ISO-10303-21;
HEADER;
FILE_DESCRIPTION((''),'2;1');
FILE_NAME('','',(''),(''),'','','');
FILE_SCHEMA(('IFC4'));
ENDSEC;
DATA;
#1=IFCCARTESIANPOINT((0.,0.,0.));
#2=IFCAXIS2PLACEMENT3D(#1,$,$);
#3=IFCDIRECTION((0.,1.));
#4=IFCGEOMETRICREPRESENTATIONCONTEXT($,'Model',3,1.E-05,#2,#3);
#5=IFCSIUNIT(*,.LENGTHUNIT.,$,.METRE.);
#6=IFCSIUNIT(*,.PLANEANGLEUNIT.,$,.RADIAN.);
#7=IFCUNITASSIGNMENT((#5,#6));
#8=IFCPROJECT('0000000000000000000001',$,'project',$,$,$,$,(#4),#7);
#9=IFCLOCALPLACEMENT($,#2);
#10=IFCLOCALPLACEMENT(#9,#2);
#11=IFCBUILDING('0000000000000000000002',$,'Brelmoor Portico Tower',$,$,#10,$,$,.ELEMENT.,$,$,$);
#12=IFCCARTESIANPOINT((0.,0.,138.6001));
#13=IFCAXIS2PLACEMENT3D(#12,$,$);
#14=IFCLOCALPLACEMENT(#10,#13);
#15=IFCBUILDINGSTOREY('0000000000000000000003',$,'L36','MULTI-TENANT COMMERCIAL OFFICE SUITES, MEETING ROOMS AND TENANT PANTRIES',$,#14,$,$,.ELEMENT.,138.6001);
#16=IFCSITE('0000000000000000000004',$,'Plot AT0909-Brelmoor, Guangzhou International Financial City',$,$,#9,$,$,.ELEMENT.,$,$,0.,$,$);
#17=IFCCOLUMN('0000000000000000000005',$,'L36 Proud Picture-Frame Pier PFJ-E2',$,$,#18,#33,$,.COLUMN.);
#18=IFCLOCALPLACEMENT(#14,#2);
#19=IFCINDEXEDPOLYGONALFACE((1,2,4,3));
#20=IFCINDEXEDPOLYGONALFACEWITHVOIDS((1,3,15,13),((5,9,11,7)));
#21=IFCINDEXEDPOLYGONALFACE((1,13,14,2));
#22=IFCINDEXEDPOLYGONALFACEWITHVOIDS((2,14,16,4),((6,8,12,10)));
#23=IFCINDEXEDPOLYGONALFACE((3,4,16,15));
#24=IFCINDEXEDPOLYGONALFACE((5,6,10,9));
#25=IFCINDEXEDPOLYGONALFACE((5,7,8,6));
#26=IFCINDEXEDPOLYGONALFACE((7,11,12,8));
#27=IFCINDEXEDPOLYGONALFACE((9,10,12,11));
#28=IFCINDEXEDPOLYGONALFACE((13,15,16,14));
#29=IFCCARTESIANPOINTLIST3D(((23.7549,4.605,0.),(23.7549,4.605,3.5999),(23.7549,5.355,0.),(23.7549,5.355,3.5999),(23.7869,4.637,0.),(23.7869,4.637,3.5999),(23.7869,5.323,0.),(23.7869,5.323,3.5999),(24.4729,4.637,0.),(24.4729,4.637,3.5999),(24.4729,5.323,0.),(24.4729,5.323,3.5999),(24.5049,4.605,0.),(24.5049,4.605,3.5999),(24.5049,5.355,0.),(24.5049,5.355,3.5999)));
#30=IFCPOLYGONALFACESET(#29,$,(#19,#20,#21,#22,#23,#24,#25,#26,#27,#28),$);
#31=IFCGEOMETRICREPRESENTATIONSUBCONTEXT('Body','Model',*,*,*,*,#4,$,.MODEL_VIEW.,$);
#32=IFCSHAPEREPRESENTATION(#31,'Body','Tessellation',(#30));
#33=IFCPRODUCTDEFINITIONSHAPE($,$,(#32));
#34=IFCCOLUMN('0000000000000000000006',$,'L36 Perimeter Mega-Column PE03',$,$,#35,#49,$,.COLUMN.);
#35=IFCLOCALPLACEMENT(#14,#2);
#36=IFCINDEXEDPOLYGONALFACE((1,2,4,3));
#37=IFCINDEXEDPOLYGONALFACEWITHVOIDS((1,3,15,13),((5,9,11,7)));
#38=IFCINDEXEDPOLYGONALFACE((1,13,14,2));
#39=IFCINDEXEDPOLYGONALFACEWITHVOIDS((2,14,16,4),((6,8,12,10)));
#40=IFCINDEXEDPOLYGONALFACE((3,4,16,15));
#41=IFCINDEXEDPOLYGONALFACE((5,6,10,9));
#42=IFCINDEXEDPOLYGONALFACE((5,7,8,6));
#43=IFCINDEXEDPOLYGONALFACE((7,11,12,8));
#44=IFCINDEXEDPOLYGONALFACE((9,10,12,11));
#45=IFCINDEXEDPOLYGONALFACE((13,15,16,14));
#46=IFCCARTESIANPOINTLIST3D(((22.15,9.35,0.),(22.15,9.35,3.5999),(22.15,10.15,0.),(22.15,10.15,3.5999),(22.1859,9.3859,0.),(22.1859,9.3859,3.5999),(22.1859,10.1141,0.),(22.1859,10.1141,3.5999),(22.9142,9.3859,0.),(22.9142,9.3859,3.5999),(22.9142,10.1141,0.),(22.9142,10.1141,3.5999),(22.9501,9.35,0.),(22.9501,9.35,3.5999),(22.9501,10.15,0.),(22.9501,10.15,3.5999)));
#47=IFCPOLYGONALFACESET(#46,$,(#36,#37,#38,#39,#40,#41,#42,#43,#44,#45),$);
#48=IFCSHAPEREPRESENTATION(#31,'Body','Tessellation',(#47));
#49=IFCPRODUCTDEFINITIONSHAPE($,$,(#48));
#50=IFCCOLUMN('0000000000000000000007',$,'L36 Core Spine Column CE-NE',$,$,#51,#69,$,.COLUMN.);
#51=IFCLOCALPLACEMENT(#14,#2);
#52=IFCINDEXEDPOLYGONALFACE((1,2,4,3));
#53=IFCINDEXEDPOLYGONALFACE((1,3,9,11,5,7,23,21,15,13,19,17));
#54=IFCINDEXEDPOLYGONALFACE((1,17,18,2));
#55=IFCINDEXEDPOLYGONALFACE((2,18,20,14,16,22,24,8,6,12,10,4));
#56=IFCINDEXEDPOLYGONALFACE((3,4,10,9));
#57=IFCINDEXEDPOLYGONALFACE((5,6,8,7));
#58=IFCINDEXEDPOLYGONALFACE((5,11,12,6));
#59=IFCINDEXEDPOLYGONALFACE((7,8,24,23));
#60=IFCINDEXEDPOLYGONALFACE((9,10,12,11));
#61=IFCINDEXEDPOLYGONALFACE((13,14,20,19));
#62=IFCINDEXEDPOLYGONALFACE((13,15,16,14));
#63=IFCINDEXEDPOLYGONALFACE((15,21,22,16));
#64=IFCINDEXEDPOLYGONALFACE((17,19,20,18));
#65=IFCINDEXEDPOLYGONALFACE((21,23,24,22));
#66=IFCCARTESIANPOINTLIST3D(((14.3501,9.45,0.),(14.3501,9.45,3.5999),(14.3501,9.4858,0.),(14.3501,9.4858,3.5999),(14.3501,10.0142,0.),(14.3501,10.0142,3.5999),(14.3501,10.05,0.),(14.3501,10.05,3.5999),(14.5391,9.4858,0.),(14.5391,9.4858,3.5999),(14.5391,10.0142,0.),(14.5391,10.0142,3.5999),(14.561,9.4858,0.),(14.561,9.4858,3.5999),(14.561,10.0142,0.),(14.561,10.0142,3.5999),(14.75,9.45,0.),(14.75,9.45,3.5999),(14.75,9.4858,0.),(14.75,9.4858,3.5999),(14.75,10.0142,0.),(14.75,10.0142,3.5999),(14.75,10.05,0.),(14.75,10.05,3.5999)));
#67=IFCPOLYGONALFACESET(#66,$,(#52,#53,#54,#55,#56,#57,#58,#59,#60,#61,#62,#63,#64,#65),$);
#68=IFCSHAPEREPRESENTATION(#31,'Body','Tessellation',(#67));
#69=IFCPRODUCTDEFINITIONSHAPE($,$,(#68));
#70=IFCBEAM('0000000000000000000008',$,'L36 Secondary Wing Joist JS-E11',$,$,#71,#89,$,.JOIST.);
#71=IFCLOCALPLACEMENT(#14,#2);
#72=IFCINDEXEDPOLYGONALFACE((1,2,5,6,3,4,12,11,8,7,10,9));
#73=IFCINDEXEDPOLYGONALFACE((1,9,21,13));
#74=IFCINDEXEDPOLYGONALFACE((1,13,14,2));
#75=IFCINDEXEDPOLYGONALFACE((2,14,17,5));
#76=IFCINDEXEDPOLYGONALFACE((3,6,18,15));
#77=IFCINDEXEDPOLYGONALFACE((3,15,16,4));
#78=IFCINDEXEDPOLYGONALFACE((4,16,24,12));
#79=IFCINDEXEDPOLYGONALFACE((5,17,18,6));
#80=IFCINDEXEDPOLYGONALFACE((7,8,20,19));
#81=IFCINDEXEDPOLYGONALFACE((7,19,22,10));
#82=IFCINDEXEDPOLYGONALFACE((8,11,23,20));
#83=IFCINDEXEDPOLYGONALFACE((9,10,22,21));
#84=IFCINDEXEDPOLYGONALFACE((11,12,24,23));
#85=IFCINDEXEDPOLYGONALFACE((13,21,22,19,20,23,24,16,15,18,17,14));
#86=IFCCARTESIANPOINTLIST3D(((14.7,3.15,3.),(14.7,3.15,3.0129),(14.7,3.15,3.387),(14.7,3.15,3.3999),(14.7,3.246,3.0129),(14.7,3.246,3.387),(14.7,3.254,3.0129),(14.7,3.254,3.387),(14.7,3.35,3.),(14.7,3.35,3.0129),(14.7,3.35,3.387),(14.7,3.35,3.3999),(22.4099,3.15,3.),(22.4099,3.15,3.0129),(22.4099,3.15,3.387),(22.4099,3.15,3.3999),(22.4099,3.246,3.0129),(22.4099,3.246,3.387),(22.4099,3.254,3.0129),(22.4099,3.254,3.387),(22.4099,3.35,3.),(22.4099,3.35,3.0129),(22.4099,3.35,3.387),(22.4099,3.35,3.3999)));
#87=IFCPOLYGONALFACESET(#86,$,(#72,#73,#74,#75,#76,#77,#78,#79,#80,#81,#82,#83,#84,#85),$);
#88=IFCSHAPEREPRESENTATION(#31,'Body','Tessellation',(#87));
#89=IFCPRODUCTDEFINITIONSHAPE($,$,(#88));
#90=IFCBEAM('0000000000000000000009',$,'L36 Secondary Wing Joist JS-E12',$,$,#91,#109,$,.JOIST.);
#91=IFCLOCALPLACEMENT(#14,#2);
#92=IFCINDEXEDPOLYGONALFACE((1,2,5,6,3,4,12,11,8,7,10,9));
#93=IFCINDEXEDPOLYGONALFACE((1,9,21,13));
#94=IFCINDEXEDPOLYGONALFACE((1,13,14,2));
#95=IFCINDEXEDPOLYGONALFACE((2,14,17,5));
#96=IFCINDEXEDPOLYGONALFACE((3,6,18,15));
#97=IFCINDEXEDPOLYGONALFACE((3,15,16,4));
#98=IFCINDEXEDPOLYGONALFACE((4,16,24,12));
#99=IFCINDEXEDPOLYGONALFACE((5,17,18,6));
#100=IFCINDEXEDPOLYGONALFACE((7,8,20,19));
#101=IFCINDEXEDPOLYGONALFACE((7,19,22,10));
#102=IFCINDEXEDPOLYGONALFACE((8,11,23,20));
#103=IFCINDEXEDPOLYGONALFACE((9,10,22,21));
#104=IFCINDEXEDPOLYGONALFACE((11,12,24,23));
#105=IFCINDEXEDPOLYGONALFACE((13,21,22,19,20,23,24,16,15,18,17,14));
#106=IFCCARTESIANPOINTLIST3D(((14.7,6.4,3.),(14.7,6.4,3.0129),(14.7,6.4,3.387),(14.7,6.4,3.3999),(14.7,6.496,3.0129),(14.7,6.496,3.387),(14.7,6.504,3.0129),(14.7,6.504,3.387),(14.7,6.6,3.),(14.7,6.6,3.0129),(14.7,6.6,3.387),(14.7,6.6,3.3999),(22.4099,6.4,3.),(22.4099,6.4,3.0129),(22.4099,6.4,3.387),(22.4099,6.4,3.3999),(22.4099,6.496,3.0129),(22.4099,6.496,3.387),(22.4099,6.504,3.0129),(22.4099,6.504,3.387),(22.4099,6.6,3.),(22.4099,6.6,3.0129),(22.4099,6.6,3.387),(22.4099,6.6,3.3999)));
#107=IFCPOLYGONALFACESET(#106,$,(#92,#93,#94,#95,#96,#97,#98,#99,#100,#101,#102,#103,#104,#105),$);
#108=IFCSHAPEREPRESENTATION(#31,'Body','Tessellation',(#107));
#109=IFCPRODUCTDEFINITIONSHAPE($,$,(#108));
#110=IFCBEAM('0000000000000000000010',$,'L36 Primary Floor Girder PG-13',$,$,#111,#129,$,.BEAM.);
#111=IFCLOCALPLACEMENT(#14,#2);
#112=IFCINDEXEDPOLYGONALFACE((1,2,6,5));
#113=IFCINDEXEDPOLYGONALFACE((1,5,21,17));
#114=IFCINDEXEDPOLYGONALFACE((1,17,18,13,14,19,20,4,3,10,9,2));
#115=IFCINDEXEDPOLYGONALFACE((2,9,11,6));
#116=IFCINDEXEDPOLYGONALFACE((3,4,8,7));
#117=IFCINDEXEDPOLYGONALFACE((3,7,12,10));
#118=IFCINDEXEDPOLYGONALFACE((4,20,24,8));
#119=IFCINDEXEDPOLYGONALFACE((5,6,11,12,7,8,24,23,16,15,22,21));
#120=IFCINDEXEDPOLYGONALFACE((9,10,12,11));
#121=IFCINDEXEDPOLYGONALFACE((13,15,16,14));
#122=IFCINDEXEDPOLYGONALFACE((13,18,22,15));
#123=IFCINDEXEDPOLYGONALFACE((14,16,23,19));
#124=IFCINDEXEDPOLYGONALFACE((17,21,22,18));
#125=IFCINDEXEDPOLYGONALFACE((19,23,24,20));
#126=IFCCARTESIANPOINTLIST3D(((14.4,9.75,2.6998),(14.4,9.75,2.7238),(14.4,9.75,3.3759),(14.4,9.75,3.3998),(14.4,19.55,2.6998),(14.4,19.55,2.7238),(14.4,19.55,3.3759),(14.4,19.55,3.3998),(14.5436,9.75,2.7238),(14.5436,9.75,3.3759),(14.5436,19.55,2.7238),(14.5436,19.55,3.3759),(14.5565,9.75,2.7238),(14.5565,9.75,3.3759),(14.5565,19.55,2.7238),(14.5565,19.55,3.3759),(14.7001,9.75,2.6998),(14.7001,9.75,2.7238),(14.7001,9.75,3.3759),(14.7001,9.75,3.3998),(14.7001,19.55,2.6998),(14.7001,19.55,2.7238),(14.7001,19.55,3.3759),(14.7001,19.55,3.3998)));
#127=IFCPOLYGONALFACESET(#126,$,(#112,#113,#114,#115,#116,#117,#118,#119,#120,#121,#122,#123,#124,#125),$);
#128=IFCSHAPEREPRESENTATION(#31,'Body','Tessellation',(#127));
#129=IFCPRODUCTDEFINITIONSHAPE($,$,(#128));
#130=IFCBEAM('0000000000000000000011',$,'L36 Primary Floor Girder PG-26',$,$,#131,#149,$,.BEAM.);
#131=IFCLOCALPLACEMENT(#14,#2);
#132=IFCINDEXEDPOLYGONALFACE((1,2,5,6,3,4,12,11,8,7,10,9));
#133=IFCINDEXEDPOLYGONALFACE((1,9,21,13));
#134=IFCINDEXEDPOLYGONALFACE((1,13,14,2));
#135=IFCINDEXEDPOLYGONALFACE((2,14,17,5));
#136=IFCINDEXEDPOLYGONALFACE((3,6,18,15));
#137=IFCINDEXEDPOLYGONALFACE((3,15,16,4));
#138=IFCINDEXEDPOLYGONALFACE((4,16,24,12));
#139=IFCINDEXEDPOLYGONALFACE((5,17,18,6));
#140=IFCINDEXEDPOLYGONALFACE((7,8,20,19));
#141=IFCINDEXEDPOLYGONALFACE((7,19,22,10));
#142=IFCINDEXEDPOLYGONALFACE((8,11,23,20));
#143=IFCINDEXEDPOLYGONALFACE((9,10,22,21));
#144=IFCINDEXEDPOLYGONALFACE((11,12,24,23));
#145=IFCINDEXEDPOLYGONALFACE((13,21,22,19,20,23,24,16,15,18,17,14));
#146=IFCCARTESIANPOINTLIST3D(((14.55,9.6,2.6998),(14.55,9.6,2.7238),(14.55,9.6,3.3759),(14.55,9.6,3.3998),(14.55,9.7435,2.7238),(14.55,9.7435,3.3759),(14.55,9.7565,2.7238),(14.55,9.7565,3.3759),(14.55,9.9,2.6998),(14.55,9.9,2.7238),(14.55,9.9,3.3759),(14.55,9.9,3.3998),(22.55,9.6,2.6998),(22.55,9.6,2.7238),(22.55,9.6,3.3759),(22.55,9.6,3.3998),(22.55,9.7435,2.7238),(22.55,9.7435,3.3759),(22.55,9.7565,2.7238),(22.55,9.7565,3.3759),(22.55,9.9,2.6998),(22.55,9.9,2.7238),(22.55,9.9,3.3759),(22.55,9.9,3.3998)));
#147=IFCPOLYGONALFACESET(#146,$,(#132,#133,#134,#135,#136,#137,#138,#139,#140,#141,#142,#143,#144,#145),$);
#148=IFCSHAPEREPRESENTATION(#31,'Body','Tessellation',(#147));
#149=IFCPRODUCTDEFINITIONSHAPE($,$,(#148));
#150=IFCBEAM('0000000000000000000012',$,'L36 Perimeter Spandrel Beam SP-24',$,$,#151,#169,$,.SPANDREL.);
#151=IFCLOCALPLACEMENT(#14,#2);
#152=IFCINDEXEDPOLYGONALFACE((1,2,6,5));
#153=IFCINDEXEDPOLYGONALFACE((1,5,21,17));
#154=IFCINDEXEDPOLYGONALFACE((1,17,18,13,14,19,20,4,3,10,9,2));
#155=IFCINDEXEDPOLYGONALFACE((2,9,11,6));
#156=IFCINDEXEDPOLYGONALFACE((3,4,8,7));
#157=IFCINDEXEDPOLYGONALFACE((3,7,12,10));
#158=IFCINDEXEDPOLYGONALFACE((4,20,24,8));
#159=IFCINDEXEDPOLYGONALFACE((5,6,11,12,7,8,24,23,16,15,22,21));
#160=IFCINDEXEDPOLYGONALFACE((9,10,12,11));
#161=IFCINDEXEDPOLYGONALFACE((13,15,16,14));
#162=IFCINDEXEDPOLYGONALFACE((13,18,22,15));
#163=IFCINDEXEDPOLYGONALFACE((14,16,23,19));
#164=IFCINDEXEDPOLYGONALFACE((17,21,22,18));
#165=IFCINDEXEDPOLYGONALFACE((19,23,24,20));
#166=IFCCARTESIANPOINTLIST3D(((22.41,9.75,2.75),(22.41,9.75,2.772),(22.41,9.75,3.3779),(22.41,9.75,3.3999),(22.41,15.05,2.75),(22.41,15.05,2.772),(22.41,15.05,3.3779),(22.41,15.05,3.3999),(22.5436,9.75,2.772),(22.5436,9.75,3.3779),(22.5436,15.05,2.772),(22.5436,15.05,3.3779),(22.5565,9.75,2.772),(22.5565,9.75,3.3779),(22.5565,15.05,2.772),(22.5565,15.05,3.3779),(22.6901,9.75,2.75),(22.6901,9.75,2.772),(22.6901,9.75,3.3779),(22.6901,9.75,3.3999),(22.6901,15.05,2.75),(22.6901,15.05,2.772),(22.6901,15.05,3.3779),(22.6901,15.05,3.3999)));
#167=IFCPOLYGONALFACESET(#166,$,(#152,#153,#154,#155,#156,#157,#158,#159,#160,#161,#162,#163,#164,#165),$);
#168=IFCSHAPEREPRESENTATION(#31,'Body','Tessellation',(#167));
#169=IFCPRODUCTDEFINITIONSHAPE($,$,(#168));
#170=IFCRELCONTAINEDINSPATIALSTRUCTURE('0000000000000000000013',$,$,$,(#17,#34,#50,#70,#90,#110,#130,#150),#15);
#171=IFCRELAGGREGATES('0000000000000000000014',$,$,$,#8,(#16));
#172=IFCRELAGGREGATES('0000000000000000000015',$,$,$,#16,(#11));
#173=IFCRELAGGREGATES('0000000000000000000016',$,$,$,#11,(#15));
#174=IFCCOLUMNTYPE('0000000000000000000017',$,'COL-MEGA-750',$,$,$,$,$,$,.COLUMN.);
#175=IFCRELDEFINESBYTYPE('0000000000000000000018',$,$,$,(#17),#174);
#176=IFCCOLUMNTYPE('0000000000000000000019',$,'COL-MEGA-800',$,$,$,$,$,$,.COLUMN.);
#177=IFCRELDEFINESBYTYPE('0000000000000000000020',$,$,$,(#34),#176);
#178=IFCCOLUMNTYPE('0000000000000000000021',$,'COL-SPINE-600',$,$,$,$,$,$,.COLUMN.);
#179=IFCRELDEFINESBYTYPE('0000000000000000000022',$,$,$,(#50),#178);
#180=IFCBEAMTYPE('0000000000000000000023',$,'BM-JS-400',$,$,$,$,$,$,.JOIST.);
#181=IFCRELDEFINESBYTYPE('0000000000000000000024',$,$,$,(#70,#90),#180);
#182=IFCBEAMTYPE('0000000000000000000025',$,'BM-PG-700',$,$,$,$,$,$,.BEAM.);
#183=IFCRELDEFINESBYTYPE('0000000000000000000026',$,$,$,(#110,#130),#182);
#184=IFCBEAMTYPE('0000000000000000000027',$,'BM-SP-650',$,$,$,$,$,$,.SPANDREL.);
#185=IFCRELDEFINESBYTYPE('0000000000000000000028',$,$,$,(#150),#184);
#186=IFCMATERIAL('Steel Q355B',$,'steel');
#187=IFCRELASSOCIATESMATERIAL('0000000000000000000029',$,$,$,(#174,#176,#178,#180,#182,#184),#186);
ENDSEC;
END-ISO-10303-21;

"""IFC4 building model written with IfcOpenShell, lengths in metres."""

from ifc_helpers import new_model, si_unit, direction, frame, origin, origin_2d, place, context, subcontext, project, spatial, hollow_rectangle, i_section, extrude, material, material_profile, profile_set, type_object, element, save


model = new_model("IFC4")

# Units and contexts
model_context = context("Model", 3, precision=1e-05, world=origin(), true_north=direction((0.0, 1.0)))
body_context = subcontext(model_context, "Body", "Model", "MODEL_VIEW")
ifc_project = project(units=[si_unit("LENGTHUNIT", "METRE"), si_unit("PLANEANGLEUNIT", "RADIAN")], contexts=[model_context])

# Site, building, storey
site_placement = place(None, origin())
site = spatial("IfcSite", under=ifc_project, at=site_placement, Name="Plot AT0909-Brelmoor, Guangzhou International Financial City", CompositionType="ELEMENT", RefElevation=0.0)
building_placement = place(site_placement, origin())
building = spatial("IfcBuilding", under=site, at=building_placement, Name="Brelmoor Portico Tower", CompositionType="ELEMENT")
storey_placement = place(building_placement, frame((0.0, 0.0, 138.6001)))
storey = spatial("IfcBuildingStorey", under=building, at=storey_placement, Name="L36", Description="MULTI-TENANT COMMERCIAL OFFICE SUITES, MEETING ROOMS AND TENANT PANTRIES", CompositionType="ELEMENT", Elevation=138.6001)

# Columns
ifc_material_1 = material(Name="Steel Q355B", Category="steel")
ifc_material_profile_1 = material_profile(ifc_material_1, hollow_rectangle(XDim=0.75, YDim=0.75, WallThickness=0.032, at=origin_2d()), Name="BOX 750x750x32")
ifc_profile_set_1 = profile_set([ifc_material_profile_1], Name="Steel Q355B")
column_type_1 = type_object("IfcColumnType", Name="COL-MEGA-750", PredefinedType="COLUMN", material=ifc_profile_set_1)
column_1_placement = place(storey_placement, frame((24.1299, 4.98, 0.0), z_axis=(0.0, 0.0, 1.0), x_axis=(0.0, 1.0, 0.0)))
element("IfcColumn", 1, at=column_1_placement, inside=storey, type_object=column_type_1, Name="L36 Proud Picture-Frame Pier PFJ-E2", PredefinedType="COLUMN", context=body_context, shape_type="SweptSolid", body=[
    extrude(hollow_rectangle(XDim=0.75, YDim=0.75, WallThickness=0.032, at=origin_2d()), origin(), (0.0, 0.0, 1.0), 3.5999),
])
ifc_material_profile_2 = material_profile(ifc_material_1, hollow_rectangle(XDim=0.8, YDim=0.8, WallThickness=0.0359, at=origin_2d()), Name="BOX 800x800x36")
ifc_profile_set_2 = profile_set([ifc_material_profile_2], Name="Steel Q355B")
column_type_2 = type_object("IfcColumnType", Name="COL-MEGA-800", PredefinedType="COLUMN", material=ifc_profile_set_2)
column_2_placement = place(storey_placement, frame((22.55, 9.75, 0.0), z_axis=(0.0, 0.0, 1.0), x_axis=(0.0, 1.0, 0.0)))
element("IfcColumn", 2, at=column_2_placement, inside=storey, type_object=column_type_2, Name="L36 Perimeter Mega-Column PE03", PredefinedType="COLUMN", context=body_context, shape_type="SweptSolid", body=[
    extrude(hollow_rectangle(XDim=0.8, YDim=0.8, WallThickness=0.0359, at=origin_2d()), origin(), (0.0, 0.0, 1.0), 3.5999),
])
ifc_material_profile_3 = material_profile(ifc_material_1, i_section(OverallWidth=0.3999, OverallDepth=0.6001, WebThickness=0.022, FlangeThickness=0.0359, at=origin_2d()), Name="HW 600x400x22x36")
ifc_profile_set_3 = profile_set([ifc_material_profile_3], Name="Steel Q355B")
column_type_3 = type_object("IfcColumnType", Name="COL-SPINE-600", PredefinedType="COLUMN", material=ifc_profile_set_3)
column_3_placement = place(storey_placement, frame((14.55, 9.75, 0.0), z_axis=(0.0, 0.0, 1.0), x_axis=(1.0, 0.0, 0.0)))
element("IfcColumn", 3, at=column_3_placement, inside=storey, type_object=column_type_3, Name="L36 Core Spine Column CE-NE", PredefinedType="COLUMN", context=body_context, shape_type="SweptSolid", body=[
    extrude(i_section(OverallWidth=0.3999, OverallDepth=0.6001, WebThickness=0.022, FlangeThickness=0.0359, at=origin_2d()), origin(), (0.0, 0.0, 1.0), 3.5999),
])

# Beams
ifc_material_profile_4 = material_profile(ifc_material_1, i_section(OverallWidth=0.2, OverallDepth=0.3999, WebThickness=0.0081, FlangeThickness=0.0129, at=origin_2d()), Name="HN 400x200x8x13")
ifc_profile_set_4 = profile_set([ifc_material_profile_4], Name="Steel Q355B")
beam_type_1 = type_object("IfcBeamType", Name="BM-JS-400", PredefinedType="JOIST", material=ifc_profile_set_4)
for number, where, z_axis, x_axis, name in (
    (4, (14.7, 3.25, 3.2), (1.0, 0.0, 0.0), (0.0, 1.0, 0.0), "L36 Secondary Wing Joist JS-E11"),
    (5, (14.7, 6.5, 3.2), (1.0, 0.0, 0.0), (0.0, 1.0, 0.0), "L36 Secondary Wing Joist JS-E12"),
):
    element("IfcBeam", number, at=place(storey_placement, frame(where, z_axis=z_axis, x_axis=x_axis)), inside=storey, type_object=beam_type_1, Name=name, PredefinedType="JOIST", context=body_context, shape_type="SweptSolid", body=[
        extrude(i_section(OverallWidth=0.2, OverallDepth=0.3999, WebThickness=0.0081, FlangeThickness=0.0129, at=origin_2d()), origin(), (0.0, 0.0, 1.0), 7.71),
    ])
ifc_material_profile_5 = material_profile(ifc_material_1, i_section(OverallWidth=0.3, OverallDepth=0.7, WebThickness=0.0129, FlangeThickness=0.0239, at=origin_2d()), Name="HN 700x300x13x24")
ifc_profile_set_5 = profile_set([ifc_material_profile_5], Name="Steel Q355B")
beam_type_2 = type_object("IfcBeamType", Name="BM-PG-700", PredefinedType="BEAM", material=ifc_profile_set_5)
beam_1_placement = place(storey_placement, frame((14.55, 9.75, 3.0498), z_axis=(0.0, 1.0, 0.0), x_axis=(-1.0, 0.0, 0.0)))
element("IfcBeam", 6, at=beam_1_placement, inside=storey, type_object=beam_type_2, Name="L36 Primary Floor Girder PG-13", PredefinedType="BEAM", context=body_context, shape_type="SweptSolid", body=[
    extrude(i_section(OverallWidth=0.3, OverallDepth=0.7, WebThickness=0.0129, FlangeThickness=0.0239, at=origin_2d()), origin(), (0.0, 0.0, 1.0), 9.8),
])
beam_2_placement = place(storey_placement, frame((14.55, 9.75, 3.0498), z_axis=(1.0, 0.0, 0.0), x_axis=(0.0, 1.0, 0.0)))
element("IfcBeam", 7, at=beam_2_placement, inside=storey, type_object=beam_type_2, Name="L36 Primary Floor Girder PG-26", PredefinedType="BEAM", context=body_context, shape_type="SweptSolid", body=[
    extrude(i_section(OverallWidth=0.3, OverallDepth=0.7, WebThickness=0.0129, FlangeThickness=0.0239, at=origin_2d()), origin(), (0.0, 0.0, 1.0), 8.0),
])
ifc_material_profile_6 = material_profile(ifc_material_1, i_section(OverallWidth=0.28, OverallDepth=0.6499, WebThickness=0.0129, FlangeThickness=0.022, at=origin_2d()), Name="HN 650x280x13x22")
ifc_profile_set_6 = profile_set([ifc_material_profile_6], Name="Steel Q355B")
beam_type_3 = type_object("IfcBeamType", Name="BM-SP-650", PredefinedType="SPANDREL", material=ifc_profile_set_6)
beam_3_placement = place(storey_placement, frame((22.55, 9.75, 3.075), z_axis=(0.0, 1.0, 0.0), x_axis=(-1.0, 0.0, 0.0)))
element("IfcBeam", 8, at=beam_3_placement, inside=storey, type_object=beam_type_3, Name="L36 Perimeter Spandrel Beam SP-24", PredefinedType="SPANDREL", context=body_context, shape_type="SweptSolid", body=[
    extrude(i_section(OverallWidth=0.28, OverallDepth=0.6499, WebThickness=0.0129, FlangeThickness=0.022, at=origin_2d()), origin(), (0.0, 0.0, 1.0), 5.3),
])

save(model, "model.ifc")
